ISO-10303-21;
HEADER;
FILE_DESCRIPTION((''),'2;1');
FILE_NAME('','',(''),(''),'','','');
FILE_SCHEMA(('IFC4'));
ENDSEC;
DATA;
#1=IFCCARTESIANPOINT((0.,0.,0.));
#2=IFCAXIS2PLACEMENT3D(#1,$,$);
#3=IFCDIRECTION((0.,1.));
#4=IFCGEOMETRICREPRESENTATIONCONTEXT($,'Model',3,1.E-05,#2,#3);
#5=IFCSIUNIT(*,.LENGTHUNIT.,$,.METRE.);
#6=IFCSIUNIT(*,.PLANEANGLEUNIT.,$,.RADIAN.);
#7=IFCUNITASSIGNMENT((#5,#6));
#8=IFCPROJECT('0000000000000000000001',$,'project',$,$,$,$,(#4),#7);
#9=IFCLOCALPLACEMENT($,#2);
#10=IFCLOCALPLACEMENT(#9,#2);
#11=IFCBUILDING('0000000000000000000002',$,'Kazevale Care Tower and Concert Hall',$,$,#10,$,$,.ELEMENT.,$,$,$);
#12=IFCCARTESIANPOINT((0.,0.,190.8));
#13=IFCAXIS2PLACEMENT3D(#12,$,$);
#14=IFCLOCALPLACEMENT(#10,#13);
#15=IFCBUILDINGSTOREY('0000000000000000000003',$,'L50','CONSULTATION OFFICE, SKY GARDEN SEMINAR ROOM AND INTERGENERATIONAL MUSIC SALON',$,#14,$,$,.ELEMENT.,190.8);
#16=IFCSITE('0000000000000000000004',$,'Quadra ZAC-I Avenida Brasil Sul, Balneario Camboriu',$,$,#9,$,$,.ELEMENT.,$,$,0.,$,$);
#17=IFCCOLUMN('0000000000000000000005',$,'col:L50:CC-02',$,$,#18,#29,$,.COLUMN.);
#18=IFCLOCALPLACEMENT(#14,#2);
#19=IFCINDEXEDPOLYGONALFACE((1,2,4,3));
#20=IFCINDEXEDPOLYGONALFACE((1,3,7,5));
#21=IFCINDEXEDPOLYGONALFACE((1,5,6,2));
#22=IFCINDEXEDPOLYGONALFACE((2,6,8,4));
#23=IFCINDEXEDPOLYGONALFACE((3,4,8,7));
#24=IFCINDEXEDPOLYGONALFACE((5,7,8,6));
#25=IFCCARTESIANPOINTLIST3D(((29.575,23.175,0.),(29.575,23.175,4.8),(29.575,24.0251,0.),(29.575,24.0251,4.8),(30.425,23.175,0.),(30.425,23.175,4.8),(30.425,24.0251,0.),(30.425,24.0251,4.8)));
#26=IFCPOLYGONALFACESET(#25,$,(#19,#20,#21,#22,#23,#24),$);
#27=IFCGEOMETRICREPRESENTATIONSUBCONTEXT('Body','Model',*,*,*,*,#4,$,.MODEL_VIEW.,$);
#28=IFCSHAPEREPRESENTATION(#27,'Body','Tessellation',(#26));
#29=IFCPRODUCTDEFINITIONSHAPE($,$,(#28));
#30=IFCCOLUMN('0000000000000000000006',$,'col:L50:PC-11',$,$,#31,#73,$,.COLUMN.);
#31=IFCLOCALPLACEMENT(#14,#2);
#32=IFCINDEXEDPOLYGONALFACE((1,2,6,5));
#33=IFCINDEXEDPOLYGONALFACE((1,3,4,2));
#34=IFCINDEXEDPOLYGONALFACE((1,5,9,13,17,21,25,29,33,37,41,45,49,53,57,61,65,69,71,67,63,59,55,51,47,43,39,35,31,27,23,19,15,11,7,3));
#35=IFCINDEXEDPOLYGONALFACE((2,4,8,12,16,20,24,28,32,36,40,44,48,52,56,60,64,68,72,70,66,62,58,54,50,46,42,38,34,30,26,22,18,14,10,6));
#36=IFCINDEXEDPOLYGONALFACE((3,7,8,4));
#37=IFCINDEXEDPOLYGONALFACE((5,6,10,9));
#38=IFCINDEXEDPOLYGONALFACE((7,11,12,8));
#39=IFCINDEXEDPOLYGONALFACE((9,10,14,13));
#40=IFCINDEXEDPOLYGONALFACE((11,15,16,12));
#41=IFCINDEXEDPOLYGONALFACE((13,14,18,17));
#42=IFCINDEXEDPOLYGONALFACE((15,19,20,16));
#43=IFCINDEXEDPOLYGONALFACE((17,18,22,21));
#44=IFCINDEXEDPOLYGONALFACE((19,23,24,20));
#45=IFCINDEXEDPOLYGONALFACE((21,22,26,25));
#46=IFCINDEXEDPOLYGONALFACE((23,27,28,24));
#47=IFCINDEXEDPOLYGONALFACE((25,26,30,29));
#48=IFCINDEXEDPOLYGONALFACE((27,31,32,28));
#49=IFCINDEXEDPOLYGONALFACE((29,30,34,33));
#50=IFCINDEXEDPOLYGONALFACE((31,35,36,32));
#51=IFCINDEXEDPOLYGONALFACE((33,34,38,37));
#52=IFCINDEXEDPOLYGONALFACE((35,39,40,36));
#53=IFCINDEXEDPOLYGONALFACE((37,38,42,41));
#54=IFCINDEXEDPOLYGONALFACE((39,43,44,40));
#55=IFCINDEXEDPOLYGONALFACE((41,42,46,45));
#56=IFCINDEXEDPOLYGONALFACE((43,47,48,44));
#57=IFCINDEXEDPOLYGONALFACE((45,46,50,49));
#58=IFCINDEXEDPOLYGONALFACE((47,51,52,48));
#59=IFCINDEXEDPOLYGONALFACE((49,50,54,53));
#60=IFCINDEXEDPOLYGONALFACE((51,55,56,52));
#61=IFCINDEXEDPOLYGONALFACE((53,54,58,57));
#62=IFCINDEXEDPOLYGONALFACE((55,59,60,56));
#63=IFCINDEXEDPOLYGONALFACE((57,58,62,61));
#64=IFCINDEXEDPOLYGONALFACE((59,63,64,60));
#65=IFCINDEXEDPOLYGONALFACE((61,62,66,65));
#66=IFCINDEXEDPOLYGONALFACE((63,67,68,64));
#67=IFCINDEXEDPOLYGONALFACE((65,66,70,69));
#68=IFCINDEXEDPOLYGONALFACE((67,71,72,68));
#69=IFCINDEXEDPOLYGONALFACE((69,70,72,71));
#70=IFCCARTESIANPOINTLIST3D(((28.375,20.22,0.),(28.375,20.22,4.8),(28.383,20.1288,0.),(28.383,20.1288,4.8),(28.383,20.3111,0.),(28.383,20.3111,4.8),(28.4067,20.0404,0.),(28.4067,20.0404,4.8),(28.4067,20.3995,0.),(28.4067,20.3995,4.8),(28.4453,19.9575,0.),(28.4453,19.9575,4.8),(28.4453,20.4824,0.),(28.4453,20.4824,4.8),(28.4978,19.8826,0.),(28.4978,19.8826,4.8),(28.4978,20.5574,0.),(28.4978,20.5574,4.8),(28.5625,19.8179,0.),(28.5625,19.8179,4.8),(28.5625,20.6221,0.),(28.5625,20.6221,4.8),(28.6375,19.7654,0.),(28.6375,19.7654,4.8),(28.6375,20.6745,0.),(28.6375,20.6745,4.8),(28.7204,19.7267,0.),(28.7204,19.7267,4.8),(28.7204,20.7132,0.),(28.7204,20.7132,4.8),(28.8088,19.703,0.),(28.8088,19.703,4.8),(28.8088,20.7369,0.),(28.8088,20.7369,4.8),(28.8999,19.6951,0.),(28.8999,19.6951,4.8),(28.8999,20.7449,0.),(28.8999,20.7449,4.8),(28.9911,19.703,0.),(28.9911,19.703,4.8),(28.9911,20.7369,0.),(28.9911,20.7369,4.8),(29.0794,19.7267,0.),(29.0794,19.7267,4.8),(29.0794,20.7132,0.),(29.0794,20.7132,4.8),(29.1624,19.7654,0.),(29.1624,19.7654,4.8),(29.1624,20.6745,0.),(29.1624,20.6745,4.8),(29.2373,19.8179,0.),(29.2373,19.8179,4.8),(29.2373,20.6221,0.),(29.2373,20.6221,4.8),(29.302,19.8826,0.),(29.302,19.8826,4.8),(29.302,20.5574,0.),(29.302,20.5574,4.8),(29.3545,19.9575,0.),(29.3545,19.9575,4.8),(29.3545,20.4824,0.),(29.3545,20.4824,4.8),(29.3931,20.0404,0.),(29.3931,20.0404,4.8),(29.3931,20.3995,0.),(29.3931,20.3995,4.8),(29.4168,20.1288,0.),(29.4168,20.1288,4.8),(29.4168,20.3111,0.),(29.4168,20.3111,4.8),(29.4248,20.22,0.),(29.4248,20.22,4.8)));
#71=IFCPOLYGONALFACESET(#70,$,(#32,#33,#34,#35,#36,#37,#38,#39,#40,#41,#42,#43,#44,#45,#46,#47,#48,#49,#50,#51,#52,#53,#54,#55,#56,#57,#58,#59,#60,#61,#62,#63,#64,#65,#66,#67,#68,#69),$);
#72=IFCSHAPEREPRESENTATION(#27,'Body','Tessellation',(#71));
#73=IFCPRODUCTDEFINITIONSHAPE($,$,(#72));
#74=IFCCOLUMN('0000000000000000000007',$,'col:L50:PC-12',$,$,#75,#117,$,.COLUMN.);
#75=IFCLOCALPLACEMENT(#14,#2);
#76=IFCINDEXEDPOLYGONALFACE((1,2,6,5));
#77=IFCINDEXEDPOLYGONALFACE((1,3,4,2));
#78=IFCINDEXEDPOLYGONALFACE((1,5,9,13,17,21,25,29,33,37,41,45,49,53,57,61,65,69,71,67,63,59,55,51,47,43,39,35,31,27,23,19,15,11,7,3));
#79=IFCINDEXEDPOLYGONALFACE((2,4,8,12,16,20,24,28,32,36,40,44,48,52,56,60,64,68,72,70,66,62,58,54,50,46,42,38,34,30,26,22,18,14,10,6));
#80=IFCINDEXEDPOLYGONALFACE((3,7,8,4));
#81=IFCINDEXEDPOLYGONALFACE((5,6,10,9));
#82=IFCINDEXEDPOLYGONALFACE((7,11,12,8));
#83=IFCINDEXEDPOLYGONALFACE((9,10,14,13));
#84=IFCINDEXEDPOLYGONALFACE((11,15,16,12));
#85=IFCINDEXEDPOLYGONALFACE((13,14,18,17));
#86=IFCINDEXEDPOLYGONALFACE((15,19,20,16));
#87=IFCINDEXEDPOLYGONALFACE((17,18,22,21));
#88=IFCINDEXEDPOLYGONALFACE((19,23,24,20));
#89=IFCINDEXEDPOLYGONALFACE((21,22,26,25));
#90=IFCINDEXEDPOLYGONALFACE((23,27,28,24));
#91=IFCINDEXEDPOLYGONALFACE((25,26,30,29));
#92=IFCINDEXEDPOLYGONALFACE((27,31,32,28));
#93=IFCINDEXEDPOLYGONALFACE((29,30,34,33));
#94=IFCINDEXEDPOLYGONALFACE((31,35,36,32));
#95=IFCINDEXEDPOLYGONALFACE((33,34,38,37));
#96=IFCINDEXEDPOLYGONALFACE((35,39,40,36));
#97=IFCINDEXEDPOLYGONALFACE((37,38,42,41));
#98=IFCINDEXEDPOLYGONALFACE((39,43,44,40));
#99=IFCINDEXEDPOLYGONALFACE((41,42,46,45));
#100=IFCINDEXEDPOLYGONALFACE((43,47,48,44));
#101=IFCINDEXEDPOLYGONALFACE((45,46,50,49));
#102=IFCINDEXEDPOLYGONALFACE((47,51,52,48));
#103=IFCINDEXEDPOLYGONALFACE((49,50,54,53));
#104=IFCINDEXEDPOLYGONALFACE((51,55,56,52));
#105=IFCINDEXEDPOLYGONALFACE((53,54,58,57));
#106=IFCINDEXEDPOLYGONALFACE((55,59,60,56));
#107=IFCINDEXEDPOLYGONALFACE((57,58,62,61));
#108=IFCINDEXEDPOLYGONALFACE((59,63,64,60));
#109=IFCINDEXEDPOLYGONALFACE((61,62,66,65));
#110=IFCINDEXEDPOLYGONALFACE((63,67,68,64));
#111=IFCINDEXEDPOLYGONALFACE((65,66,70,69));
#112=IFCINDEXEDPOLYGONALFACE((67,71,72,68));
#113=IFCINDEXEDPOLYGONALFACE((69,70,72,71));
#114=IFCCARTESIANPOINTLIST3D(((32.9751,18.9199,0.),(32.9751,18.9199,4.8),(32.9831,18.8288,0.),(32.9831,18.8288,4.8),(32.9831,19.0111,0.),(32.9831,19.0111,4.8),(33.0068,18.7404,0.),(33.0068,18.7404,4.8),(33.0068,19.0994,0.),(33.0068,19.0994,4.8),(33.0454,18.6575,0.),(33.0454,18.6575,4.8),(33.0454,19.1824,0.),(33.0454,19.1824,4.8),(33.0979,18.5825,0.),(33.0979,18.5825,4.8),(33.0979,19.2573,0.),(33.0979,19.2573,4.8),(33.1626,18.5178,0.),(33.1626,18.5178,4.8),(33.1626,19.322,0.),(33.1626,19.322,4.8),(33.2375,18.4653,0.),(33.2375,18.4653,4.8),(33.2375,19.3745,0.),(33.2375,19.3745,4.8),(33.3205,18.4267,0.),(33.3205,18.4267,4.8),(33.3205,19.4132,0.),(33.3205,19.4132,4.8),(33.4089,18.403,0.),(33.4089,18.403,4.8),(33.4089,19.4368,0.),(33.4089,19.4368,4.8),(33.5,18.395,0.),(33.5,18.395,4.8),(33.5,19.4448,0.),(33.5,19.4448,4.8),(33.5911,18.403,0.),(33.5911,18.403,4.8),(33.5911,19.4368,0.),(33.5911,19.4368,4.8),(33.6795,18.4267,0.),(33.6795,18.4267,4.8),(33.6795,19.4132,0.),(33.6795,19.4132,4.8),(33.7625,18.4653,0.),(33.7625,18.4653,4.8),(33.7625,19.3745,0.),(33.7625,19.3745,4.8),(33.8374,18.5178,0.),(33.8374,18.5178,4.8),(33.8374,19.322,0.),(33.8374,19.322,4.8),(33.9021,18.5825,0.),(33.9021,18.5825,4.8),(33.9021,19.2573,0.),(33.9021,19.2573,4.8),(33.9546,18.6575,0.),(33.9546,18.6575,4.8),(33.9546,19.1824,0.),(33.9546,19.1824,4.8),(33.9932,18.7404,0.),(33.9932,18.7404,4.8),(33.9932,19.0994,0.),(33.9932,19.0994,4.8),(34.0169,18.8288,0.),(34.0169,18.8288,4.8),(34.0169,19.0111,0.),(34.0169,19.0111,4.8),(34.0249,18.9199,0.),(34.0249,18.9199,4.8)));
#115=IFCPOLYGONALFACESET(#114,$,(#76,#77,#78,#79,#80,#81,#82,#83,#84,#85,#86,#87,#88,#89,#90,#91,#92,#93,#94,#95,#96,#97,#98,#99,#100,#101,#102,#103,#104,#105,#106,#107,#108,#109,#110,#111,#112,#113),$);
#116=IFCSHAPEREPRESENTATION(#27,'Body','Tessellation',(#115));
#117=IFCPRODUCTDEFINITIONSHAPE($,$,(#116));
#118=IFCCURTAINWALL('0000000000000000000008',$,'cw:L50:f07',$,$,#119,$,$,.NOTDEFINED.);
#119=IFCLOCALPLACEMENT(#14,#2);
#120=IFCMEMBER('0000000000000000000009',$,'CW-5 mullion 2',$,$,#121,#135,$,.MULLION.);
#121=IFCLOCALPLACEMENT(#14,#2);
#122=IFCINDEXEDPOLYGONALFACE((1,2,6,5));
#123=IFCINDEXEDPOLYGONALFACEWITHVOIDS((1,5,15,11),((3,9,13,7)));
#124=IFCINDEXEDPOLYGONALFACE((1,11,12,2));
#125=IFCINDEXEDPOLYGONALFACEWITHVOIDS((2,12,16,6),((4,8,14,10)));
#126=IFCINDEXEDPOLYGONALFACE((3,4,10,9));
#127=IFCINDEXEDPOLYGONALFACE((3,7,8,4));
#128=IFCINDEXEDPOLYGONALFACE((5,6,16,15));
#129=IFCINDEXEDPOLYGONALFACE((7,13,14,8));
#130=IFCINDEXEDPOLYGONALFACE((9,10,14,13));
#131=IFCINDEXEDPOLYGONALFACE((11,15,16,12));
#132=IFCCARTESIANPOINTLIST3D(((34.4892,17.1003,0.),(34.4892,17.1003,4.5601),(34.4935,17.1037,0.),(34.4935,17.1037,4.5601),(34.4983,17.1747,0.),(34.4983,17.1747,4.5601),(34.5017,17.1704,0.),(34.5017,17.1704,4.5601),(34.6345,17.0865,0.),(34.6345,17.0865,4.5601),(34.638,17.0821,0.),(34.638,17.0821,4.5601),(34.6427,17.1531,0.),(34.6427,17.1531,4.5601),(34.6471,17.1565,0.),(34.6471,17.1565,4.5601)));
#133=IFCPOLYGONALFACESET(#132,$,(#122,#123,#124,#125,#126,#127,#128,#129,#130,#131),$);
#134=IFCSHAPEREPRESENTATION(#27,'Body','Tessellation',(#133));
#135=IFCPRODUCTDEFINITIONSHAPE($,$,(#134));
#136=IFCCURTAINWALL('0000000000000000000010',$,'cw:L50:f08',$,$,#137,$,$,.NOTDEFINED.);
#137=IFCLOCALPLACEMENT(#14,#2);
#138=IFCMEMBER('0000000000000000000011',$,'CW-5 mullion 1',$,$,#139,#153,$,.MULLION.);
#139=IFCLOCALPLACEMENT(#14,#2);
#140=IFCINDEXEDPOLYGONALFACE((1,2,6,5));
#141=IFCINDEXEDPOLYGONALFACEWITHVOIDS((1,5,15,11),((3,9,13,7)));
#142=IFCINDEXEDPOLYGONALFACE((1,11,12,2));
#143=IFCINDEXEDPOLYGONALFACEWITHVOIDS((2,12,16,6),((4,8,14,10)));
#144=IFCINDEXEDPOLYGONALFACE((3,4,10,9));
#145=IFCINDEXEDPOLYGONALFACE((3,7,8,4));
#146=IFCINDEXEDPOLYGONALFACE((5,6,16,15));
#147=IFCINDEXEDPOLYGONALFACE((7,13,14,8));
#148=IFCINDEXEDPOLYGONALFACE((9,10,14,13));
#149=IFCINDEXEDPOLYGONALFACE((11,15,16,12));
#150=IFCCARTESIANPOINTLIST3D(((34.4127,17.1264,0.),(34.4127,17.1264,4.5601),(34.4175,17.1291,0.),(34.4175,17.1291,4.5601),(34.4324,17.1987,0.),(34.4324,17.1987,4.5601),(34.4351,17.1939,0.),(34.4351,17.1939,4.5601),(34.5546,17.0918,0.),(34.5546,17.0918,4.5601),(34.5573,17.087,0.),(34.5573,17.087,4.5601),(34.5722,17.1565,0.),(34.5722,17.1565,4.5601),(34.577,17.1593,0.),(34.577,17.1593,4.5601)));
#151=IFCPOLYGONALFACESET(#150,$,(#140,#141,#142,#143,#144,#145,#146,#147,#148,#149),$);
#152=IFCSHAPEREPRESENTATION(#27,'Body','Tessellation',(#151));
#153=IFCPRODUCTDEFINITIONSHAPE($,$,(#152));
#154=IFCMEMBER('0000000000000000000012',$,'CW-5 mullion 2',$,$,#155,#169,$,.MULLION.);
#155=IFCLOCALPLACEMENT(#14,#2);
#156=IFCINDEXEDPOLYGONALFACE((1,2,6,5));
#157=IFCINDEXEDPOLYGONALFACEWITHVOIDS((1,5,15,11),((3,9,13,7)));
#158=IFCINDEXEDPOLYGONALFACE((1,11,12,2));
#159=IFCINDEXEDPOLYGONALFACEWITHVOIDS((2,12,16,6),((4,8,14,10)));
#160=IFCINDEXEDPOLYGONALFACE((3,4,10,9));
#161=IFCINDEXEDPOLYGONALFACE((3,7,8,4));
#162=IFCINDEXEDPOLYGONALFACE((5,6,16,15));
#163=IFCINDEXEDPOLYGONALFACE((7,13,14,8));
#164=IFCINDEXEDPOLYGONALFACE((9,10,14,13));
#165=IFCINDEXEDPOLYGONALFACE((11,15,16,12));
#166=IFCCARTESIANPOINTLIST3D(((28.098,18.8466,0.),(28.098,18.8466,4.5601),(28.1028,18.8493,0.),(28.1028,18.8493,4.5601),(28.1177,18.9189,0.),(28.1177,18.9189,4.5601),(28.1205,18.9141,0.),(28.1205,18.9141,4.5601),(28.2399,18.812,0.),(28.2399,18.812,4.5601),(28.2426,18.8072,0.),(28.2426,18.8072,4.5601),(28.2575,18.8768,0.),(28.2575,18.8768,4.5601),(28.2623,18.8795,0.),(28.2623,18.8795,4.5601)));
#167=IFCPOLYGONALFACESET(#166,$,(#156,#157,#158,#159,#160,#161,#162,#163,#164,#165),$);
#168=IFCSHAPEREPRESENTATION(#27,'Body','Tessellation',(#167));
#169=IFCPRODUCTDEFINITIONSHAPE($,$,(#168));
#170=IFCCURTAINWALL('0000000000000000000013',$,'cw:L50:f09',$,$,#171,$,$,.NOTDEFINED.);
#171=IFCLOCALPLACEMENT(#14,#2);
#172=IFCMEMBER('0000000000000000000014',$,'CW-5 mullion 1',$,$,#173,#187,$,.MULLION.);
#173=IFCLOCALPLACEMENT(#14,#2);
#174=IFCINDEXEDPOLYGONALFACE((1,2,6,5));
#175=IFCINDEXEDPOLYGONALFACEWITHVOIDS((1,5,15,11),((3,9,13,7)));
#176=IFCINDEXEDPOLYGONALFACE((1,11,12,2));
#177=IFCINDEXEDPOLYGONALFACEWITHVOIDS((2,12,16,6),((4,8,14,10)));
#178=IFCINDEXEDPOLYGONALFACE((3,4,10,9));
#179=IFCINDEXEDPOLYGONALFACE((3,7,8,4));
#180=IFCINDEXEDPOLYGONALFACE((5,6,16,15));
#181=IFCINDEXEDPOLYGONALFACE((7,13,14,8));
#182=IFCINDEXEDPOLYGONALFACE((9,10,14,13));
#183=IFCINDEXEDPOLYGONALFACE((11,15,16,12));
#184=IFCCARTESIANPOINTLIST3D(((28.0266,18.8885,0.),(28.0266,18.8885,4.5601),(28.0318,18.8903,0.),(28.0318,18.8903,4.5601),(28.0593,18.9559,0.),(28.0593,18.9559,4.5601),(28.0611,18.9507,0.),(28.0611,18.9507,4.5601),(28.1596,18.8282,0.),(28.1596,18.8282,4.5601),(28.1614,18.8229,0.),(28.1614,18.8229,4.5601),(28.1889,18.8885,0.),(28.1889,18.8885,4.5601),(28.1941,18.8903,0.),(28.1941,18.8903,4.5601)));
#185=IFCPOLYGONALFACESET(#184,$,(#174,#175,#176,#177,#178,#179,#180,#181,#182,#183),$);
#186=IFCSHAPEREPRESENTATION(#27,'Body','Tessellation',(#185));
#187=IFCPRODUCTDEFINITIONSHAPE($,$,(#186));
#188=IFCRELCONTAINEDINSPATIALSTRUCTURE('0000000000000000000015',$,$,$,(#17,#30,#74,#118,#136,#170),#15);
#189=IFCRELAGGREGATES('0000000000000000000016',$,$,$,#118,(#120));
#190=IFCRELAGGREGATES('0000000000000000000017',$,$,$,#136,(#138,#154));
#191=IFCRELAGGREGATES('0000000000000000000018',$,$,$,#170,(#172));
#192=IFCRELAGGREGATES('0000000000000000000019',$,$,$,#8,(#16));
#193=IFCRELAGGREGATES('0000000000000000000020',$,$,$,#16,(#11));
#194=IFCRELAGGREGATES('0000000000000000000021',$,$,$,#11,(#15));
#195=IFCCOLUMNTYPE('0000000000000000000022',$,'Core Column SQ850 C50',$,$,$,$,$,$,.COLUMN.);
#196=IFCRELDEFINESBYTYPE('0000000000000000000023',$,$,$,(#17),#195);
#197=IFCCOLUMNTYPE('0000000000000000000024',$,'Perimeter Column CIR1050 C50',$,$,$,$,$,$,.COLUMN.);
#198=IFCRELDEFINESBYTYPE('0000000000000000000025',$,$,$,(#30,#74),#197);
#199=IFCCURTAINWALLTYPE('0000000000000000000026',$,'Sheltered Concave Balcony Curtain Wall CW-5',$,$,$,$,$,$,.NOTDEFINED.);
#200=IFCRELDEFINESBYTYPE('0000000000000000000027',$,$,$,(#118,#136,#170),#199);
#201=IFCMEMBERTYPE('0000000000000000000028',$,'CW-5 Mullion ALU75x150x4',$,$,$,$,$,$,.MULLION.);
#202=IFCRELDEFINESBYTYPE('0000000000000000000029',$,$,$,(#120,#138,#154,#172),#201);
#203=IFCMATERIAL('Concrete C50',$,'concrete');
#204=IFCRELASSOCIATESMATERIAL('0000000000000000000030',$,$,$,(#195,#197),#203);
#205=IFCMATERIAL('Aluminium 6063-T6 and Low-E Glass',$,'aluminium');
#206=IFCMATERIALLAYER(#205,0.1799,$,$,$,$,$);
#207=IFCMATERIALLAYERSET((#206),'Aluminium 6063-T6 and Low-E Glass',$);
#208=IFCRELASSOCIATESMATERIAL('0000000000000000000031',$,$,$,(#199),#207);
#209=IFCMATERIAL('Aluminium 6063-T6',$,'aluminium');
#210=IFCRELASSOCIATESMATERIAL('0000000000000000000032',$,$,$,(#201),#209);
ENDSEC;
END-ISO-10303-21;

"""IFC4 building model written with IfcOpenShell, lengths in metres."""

from ifc_helpers import new_model, si_unit, direction, frame, origin, origin_2d, place, context, subcontext, project, spatial, rectangle, hollow_rectangle, circle, extrude, material, layer, layer_set, material_profile, profile_set, type_object, element, aggregate, save


model = new_model("IFC4")

# Units and contexts
model_context = context("Model", 3, precision=1e-05, world=origin(), true_north=direction((0.0, 1.0)))
body_context = subcontext(model_context, "Body", "Model", "MODEL_VIEW")
ifc_project = project(units=[si_unit("LENGTHUNIT", "METRE"), si_unit("PLANEANGLEUNIT", "RADIAN")], contexts=[model_context])

# Site, building, storey
site_placement = place(None, origin())
site = spatial("IfcSite", under=ifc_project, at=site_placement, Name="Quadra ZAC-I Avenida Brasil Sul, Balneario Camboriu", CompositionType="ELEMENT", RefElevation=0.0)
building_placement = place(site_placement, origin())
building = spatial("IfcBuilding", under=site, at=building_placement, Name="Kazevale Care Tower and Concert Hall", CompositionType="ELEMENT")
storey_placement = place(building_placement, frame((0.0, 0.0, 190.8)))
storey = spatial("IfcBuildingStorey", under=building, at=storey_placement, Name="L50", Description="CONSULTATION OFFICE, SKY GARDEN SEMINAR ROOM AND INTERGENERATIONAL MUSIC SALON", CompositionType="ELEMENT", Elevation=190.8)

# Columns
ifc_material_1 = material(Name="Concrete C50", Category="concrete")
ifc_material_profile_1 = material_profile(ifc_material_1, rectangle(XDim=0.8501, YDim=0.8501, at=origin_2d()), Name="RC-SQ850")
ifc_profile_set_1 = profile_set([ifc_material_profile_1], Name="Concrete C50")
column_type_1 = type_object("IfcColumnType", Name="Core Column SQ850 C50", PredefinedType="COLUMN", material=ifc_profile_set_1)
column_placement = place(storey_placement, frame((30.0, 23.6001, 0.0), z_axis=(0.0, 0.0, 1.0), x_axis=(1.0, 0.0, 0.0)))
element("IfcColumn", 1, at=column_placement, inside=storey, type_object=column_type_1, Name="col:L50:CC-02", PredefinedType="COLUMN", context=body_context, shape_type="SweptSolid", body=[
    extrude(rectangle(XDim=0.8501, YDim=0.8501, at=origin_2d()), origin(), (0.0, 0.0, 1.0), 4.8),
])
ifc_material_profile_2 = material_profile(ifc_material_1, circle(Radius=0.5249, at=origin_2d()), Name="RC-CIR1050")
ifc_profile_set_2 = profile_set([ifc_material_profile_2], Name="Concrete C50")
column_type_2 = type_object("IfcColumnType", Name="Perimeter Column CIR1050 C50", PredefinedType="COLUMN", material=ifc_profile_set_2)
for number, where, z_axis, x_axis, name in (
    (2, (28.8999, 20.22, 0.0), (0.0, 0.0, 1.0), (1.0, 0.0, 0.0), "col:L50:PC-11"),
    (3, (33.5, 18.9199, 0.0), (0.0, 0.0, 1.0), (1.0, 0.0, 0.0), "col:L50:PC-12"),
):
    element("IfcColumn", number, at=place(storey_placement, frame(where, z_axis=z_axis, x_axis=x_axis)), inside=storey, type_object=column_type_2, Name=name, PredefinedType="COLUMN", context=body_context, shape_type="SweptSolid", body=[
        extrude(circle(Radius=0.5249, at=origin_2d()), origin(), (0.0, 0.0, 1.0), 4.8),
    ])

# Curtain wall, member
ifc_material_2 = material(Name="Aluminium 6063-T6 and Low-E Glass", Category="aluminium")
ifc_layer_1 = layer(ifc_material_2, 0.1799)
ifc_layer_set_1 = layer_set([ifc_layer_1], Name="Aluminium 6063-T6 and Low-E Glass")
curtain_wall_type = type_object("IfcCurtainWallType", Name="Sheltered Concave Balcony Curtain Wall CW-5", PredefinedType="NOTDEFINED", material=ifc_layer_set_1)
curtain_wall_1_placement = place(storey_placement, origin())
curtain_wall_1 = element("IfcCurtainWall", 4, at=curtain_wall_1_placement, inside=storey, type_object=curtain_wall_type, Name="cw:L50:f07", PredefinedType="NOTDEFINED")
ifc_material_3 = material(Name="Aluminium 6063-T6", Category="aluminium")
ifc_material_profile_3 = material_profile(ifc_material_3, hollow_rectangle(XDim=0.075, YDim=0.1499, WallThickness=0.0039, at=origin_2d()), Name="ALU75x150x4")
ifc_profile_set_3 = profile_set([ifc_material_profile_3], Name="Aluminium 6063-T6")
member_type_1 = type_object("IfcMemberType", Name="CW-5 Mullion ALU75x150x4", PredefinedType="MULLION", material=ifc_profile_set_3)
member_1_placement = place(storey_placement, frame((34.5681, 17.1284, 0.0), z_axis=(0.0, 0.0, 1.0), x_axis=(-0.121651, -0.992573, 0.0)))
member_1 = element("IfcMember", 5, at=member_1_placement, type_object=member_type_1, Name="CW-5 mullion 2", PredefinedType="MULLION", context=body_context, shape_type="SweptSolid", body=[
    extrude(hollow_rectangle(XDim=0.075, YDim=0.1499, WallThickness=0.0039, at=origin_2d()), origin(), (0.0, 0.0, 1.0), 4.5601),
])
aggregate(curtain_wall_1, [member_1])

# Curtain wall, members
curtain_wall_2_placement = place(storey_placement, origin())
curtain_wall_2 = element("IfcCurtainWall", 6, at=curtain_wall_2_placement, inside=storey, type_object=curtain_wall_type, Name="cw:L50:f08", PredefinedType="NOTDEFINED")
member_2_placement = place(storey_placement, frame((34.4949, 17.1428, 0.0), z_axis=(0.0, 0.0, 1.0), x_axis=(-0.262849, -0.964837, 0.0)))
member_2 = element("IfcMember", 7, at=member_2_placement, type_object=member_type_1, Name="CW-5 mullion 1", PredefinedType="MULLION", context=body_context, shape_type="SweptSolid", body=[
    extrude(hollow_rectangle(XDim=0.075, YDim=0.1499, WallThickness=0.0039, at=origin_2d()), origin(), (0.0, 0.0, 1.0), 4.5601),
])
member_3_placement = place(storey_placement, frame((28.1802, 18.863, 0.0), z_axis=(0.0, 0.0, 1.0), x_axis=(-0.262849, -0.964837, 0.0)))
member_3 = element("IfcMember", 8, at=member_3_placement, type_object=member_type_1, Name="CW-5 mullion 2", PredefinedType="MULLION", context=body_context, shape_type="SweptSolid", body=[
    extrude(hollow_rectangle(XDim=0.075, YDim=0.1499, WallThickness=0.0039, at=origin_2d()), origin(), (0.0, 0.0, 1.0), 4.5601),
])

# Curtain wall, member
curtain_wall_3_placement = place(storey_placement, origin())
curtain_wall_3 = element("IfcCurtainWall", 9, at=curtain_wall_3_placement, inside=storey, type_object=curtain_wall_type, Name="cw:L50:f09", PredefinedType="NOTDEFINED")
member_4_placement = place(storey_placement, frame((28.1104, 18.8894, 0.0), z_axis=(0.0, 0.0, 1.0), x_axis=(-0.437238, -0.899346, 0.0)))
member_4 = element("IfcMember", 10, at=member_4_placement, type_object=member_type_1, Name="CW-5 mullion 1", PredefinedType="MULLION", context=body_context, shape_type="SweptSolid", body=[
    extrude(hollow_rectangle(XDim=0.075, YDim=0.1499, WallThickness=0.0039, at=origin_2d()), origin(), (0.0, 0.0, 1.0), 4.5601),
])

aggregate(curtain_wall_2, [member_2, member_3])
aggregate(curtain_wall_3, [member_4])

save(model, "model.ifc")
